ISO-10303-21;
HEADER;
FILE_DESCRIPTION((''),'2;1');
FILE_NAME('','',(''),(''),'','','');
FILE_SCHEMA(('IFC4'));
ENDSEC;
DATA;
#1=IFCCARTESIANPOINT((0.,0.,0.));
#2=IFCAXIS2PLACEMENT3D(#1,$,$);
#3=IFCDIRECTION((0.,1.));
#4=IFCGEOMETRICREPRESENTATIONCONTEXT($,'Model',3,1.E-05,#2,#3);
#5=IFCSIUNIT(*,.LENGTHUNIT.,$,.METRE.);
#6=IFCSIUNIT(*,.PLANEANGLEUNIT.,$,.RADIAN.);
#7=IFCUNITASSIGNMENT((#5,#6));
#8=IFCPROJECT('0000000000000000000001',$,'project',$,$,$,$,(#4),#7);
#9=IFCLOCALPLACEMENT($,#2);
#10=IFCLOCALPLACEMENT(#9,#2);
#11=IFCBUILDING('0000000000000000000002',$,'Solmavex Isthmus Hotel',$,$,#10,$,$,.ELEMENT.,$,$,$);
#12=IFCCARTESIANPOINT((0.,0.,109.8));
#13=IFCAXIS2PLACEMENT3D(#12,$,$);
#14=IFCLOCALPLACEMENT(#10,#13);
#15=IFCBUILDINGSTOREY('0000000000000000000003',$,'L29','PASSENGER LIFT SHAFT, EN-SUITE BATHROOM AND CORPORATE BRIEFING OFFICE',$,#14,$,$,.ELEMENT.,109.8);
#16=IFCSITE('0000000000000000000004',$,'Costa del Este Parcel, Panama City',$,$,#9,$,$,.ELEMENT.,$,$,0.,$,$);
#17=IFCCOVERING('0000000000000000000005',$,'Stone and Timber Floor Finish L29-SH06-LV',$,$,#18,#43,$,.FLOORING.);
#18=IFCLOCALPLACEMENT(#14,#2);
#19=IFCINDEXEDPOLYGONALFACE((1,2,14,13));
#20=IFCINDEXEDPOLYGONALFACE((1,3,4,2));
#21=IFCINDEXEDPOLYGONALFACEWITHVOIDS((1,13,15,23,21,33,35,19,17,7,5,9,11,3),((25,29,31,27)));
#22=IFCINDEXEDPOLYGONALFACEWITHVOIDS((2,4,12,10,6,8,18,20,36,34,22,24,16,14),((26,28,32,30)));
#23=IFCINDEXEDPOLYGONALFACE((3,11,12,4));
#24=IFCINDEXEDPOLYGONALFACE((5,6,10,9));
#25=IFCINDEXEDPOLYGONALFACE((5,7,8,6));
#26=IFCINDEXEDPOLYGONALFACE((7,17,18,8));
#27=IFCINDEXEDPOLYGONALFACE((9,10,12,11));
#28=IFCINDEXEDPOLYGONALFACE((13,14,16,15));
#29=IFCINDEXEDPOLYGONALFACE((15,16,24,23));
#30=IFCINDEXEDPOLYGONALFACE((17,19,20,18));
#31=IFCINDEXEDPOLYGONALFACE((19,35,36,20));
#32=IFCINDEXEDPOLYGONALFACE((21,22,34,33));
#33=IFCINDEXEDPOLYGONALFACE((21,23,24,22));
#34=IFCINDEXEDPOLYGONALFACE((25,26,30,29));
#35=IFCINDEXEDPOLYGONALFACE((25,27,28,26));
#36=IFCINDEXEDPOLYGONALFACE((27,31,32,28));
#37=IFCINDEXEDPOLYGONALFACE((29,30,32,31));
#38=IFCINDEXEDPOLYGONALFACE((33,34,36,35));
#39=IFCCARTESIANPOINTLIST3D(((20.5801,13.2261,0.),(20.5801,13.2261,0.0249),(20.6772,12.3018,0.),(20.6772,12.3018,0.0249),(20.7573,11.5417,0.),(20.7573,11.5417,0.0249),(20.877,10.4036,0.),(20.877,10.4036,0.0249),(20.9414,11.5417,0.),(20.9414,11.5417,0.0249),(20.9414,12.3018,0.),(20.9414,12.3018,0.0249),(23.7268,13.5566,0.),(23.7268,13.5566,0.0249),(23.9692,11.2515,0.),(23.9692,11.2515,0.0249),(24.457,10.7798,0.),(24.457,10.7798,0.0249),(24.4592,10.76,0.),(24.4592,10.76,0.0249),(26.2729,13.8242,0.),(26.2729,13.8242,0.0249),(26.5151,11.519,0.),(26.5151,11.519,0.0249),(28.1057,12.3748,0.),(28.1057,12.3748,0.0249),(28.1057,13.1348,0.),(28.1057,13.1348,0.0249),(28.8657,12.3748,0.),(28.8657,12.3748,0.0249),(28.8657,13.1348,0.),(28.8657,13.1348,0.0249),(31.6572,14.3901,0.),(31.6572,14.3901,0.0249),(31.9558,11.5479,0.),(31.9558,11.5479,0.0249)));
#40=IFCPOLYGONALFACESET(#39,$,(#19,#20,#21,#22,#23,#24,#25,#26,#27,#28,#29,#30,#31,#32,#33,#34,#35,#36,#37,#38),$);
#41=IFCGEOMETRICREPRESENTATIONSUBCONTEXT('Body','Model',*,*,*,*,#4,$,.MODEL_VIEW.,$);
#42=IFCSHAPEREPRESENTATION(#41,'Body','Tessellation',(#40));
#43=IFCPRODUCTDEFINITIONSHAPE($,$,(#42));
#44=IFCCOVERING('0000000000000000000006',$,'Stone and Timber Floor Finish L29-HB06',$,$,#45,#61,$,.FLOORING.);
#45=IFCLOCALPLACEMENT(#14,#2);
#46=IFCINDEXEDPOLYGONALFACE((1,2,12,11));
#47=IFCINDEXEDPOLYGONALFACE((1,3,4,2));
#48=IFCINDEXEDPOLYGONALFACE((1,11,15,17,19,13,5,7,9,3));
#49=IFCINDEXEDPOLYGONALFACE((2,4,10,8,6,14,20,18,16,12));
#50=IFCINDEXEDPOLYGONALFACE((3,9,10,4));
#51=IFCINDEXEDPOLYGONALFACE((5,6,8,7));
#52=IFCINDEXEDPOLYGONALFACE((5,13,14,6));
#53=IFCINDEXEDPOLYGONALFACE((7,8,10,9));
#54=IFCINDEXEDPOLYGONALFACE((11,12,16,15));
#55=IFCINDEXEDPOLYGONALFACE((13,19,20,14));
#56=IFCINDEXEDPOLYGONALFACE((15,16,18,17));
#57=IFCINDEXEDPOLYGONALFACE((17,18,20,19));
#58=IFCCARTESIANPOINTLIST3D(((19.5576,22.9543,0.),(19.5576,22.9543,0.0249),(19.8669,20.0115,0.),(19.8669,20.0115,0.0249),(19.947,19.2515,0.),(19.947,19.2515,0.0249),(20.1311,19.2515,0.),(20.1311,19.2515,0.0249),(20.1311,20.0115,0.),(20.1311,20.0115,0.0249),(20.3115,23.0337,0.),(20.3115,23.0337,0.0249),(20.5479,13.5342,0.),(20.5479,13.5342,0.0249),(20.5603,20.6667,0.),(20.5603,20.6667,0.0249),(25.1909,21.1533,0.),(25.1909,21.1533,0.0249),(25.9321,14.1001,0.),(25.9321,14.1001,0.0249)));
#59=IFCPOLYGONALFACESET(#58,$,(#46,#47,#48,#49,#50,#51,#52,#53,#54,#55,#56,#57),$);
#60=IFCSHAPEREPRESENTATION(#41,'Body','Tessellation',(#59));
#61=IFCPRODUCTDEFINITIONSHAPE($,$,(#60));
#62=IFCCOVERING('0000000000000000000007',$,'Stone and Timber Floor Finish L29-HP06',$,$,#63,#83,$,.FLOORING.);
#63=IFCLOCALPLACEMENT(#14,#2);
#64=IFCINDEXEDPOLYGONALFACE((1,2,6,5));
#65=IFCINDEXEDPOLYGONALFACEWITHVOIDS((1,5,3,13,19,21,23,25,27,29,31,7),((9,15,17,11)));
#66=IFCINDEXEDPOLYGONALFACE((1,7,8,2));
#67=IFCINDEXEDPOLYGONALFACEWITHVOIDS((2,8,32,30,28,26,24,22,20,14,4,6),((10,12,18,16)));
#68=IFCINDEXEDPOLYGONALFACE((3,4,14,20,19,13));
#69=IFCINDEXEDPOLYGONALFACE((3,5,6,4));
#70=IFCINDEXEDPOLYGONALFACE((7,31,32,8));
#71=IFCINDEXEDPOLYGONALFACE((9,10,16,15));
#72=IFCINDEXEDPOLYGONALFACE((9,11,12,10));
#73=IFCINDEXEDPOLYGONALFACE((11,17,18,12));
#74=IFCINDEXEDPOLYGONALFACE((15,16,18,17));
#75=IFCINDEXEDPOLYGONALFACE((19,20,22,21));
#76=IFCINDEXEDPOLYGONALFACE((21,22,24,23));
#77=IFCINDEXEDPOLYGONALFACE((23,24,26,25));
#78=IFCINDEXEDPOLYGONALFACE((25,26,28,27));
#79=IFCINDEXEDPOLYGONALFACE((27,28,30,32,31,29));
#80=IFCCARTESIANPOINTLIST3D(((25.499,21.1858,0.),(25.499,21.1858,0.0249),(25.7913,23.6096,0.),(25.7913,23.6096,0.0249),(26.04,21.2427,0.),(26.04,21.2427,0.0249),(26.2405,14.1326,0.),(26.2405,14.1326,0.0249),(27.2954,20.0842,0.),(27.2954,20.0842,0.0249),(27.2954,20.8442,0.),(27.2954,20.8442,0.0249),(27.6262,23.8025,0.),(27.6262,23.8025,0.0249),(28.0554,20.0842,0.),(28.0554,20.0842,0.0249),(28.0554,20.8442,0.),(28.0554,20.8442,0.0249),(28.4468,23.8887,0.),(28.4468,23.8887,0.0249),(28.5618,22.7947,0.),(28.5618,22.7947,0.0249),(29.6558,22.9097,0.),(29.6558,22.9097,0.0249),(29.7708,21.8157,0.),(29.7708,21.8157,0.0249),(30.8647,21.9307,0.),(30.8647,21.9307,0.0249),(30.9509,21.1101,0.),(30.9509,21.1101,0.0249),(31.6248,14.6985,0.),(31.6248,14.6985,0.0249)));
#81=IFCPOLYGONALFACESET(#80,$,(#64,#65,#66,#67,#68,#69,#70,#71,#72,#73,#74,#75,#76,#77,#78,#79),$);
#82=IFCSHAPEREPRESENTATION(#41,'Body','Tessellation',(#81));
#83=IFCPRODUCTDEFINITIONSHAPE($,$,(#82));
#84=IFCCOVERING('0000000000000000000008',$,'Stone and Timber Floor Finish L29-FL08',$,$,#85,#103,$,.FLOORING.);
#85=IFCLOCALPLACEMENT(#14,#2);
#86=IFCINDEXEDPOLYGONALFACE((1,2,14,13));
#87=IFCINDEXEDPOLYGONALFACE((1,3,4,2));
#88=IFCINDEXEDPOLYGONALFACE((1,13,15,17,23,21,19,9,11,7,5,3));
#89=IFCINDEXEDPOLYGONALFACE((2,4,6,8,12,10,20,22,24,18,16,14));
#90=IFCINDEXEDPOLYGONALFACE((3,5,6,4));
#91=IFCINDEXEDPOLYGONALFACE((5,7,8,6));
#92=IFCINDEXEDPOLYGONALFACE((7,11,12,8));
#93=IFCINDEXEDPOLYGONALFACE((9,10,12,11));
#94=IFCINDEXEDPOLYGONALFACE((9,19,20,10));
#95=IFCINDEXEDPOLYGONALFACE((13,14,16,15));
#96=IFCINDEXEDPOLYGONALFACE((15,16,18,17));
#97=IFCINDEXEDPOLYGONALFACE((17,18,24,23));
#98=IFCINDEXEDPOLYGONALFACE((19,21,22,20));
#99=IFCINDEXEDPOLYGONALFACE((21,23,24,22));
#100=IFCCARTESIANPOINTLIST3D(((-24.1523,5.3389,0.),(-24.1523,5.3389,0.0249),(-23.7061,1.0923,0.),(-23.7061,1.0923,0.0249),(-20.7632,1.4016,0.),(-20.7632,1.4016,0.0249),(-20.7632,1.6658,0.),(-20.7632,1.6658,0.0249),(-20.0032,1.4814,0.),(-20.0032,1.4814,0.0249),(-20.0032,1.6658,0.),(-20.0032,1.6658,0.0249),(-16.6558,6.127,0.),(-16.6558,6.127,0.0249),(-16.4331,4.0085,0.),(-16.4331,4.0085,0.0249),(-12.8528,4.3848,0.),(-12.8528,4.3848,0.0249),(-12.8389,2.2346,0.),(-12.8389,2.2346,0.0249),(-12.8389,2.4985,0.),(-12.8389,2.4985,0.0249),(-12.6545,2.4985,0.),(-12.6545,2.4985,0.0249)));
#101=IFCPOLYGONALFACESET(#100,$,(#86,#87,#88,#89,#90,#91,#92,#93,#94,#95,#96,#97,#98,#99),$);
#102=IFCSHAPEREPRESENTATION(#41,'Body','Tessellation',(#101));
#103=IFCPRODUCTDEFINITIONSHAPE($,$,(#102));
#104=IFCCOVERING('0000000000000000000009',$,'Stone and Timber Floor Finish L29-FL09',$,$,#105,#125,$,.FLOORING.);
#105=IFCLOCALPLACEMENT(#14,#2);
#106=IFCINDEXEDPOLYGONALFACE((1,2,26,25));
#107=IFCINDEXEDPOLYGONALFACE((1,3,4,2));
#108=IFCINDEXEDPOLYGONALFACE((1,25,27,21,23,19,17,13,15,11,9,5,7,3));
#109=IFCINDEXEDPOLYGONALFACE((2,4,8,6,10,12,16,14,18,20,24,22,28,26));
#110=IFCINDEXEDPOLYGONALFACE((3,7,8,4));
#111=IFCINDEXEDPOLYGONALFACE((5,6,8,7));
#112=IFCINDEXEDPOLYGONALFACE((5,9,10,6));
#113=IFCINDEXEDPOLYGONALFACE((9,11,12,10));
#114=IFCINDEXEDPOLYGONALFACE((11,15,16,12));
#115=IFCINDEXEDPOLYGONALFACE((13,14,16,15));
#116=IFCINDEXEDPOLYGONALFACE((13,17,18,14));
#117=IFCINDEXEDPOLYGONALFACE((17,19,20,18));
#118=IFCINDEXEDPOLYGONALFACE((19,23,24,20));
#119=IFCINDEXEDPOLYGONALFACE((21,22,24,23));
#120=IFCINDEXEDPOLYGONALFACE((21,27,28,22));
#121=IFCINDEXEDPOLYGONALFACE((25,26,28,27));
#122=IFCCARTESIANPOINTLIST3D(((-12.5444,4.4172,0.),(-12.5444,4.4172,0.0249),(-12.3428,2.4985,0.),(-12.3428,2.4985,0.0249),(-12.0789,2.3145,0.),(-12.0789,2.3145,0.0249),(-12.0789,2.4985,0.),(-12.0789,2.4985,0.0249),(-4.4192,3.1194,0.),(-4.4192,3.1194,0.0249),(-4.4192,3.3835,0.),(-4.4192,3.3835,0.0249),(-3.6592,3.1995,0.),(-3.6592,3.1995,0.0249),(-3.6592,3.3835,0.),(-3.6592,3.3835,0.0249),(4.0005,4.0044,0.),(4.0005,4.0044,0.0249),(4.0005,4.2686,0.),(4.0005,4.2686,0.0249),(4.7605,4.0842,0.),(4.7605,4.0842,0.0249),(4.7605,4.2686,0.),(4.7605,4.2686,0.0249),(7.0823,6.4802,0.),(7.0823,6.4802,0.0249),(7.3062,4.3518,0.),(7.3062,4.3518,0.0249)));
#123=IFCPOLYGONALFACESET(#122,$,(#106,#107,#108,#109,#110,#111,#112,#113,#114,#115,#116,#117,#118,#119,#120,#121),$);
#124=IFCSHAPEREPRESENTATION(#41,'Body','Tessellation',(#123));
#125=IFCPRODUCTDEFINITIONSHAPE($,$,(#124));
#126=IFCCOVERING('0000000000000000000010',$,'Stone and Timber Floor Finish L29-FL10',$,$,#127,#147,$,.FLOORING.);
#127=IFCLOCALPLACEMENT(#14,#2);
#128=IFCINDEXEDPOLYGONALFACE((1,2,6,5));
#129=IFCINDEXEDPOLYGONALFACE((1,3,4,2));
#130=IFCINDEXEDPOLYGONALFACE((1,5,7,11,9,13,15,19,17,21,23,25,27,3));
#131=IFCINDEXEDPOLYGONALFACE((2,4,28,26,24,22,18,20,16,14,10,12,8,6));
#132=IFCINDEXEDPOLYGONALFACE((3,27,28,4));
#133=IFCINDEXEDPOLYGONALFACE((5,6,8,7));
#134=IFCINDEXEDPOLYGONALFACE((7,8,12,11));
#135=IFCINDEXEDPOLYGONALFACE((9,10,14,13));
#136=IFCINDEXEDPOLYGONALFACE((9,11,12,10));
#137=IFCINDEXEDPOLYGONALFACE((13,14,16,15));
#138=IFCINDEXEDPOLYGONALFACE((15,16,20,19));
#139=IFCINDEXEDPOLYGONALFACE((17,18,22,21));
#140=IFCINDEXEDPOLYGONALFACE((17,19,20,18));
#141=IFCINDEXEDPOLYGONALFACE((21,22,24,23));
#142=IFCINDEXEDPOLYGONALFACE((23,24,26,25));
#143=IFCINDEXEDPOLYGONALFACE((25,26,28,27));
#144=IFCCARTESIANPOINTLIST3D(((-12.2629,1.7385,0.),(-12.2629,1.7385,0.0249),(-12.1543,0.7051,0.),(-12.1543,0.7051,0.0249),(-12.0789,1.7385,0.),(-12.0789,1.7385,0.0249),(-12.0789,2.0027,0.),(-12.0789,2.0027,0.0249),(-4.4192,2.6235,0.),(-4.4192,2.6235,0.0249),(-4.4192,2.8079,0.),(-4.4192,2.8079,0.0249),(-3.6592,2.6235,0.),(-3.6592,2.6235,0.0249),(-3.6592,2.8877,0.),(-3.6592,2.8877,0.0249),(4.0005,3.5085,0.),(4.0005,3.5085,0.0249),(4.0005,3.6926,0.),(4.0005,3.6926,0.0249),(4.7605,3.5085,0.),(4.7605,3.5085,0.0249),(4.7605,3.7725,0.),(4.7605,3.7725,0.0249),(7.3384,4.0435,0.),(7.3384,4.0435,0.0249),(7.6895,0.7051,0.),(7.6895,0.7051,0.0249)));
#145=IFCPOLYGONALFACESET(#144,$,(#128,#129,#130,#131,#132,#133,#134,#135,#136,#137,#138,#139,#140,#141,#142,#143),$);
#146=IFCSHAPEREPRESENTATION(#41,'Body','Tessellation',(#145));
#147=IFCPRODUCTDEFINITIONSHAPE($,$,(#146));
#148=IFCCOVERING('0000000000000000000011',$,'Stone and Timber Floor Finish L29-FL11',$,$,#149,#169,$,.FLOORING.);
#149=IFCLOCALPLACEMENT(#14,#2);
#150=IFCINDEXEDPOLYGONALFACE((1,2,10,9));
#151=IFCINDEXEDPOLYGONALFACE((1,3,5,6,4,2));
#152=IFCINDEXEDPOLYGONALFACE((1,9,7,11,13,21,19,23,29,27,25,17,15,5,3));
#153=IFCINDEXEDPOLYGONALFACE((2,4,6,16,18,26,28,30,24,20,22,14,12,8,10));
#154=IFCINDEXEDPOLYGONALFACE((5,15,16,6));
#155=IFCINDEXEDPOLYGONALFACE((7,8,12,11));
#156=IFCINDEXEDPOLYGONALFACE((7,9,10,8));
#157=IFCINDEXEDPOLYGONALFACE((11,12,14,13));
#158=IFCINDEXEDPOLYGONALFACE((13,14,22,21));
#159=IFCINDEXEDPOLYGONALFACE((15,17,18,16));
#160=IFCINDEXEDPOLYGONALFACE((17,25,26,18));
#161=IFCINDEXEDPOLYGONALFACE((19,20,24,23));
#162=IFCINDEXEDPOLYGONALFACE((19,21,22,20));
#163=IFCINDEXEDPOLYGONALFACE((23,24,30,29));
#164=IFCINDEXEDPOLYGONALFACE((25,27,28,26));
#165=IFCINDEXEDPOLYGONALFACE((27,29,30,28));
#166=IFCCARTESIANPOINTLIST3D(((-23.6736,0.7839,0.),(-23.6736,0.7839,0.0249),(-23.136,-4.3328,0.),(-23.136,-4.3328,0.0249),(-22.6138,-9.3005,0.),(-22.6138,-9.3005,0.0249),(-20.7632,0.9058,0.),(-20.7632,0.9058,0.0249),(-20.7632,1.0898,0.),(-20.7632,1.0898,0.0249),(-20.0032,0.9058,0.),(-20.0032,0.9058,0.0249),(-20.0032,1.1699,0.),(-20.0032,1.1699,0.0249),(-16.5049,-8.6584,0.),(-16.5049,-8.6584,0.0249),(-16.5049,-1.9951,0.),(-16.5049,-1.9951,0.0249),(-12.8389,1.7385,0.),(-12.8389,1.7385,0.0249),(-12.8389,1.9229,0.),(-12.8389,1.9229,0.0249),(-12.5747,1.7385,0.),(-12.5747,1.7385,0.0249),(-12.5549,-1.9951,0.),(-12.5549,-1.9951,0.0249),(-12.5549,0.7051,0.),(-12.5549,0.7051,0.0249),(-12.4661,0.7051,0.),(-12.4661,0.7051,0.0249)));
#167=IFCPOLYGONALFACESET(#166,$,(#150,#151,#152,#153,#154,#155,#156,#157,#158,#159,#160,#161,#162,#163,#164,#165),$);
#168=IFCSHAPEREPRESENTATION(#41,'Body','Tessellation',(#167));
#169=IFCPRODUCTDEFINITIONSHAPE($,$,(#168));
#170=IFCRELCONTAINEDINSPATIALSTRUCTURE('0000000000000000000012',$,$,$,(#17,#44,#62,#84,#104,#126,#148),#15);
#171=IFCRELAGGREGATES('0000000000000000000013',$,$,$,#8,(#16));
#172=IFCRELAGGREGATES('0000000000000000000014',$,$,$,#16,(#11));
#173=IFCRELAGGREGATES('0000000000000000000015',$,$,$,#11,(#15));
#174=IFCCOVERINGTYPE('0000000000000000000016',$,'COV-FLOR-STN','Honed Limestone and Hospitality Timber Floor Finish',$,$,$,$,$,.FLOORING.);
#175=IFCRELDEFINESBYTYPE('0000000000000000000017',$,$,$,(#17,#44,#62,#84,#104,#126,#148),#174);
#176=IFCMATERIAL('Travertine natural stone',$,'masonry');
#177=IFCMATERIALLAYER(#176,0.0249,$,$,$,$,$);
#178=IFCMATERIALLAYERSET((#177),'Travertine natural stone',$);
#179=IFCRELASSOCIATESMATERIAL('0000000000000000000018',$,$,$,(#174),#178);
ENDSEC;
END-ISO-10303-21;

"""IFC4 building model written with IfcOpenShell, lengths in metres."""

from ifc_helpers import new_model, si_unit, direction, frame, origin, place, context, subcontext, project, spatial, polyline, outline, extrude, material, layer, layer_set, type_object, element, save


model = new_model("IFC4")

# Units and contexts
model_context = context("Model", 3, precision=1e-05, world=origin(), true_north=direction((0.0, 1.0)))
body_context = subcontext(model_context, "Body", "Model", "MODEL_VIEW")
ifc_project = project(units=[si_unit("LENGTHUNIT", "METRE"), si_unit("PLANEANGLEUNIT", "RADIAN")], contexts=[model_context])

# Site, building, storey
site_placement = place(None, origin())
site = spatial("IfcSite", under=ifc_project, at=site_placement, Name="Costa del Este Parcel, Panama City", CompositionType="ELEMENT", RefElevation=0.0)
building_placement = place(site_placement, origin())
building = spatial("IfcBuilding", under=site, at=building_placement, Name="Solmavex Isthmus Hotel", CompositionType="ELEMENT")
storey_placement = place(building_placement, frame((0.0, 0.0, 109.8)))
storey = spatial("IfcBuildingStorey", under=building, at=storey_placement, Name="L29", Description="PASSENGER LIFT SHAFT, EN-SUITE BATHROOM AND CORPORATE BRIEFING OFFICE", CompositionType="ELEMENT", Elevation=109.8)

# Coverings
ifc_material_1 = material(Name="Travertine natural stone", Category="masonry")
ifc_layer_1 = layer(ifc_material_1, 0.0249)
ifc_layer_set_1 = layer_set([ifc_layer_1], Name="Travertine natural stone")
covering_type_1 = type_object("IfcCoveringType", Name="COV-FLOR-STN", Description="Honed Limestone and Hospitality Timber Floor Finish", PredefinedType="FLOORING", material=ifc_layer_set_1)
covering_1_placement = place(storey_placement, origin())
element("IfcCovering", 1, at=covering_1_placement, inside=storey, type_object=covering_type_1, Name="Stone and Timber Floor Finish L29-SH06-LV", PredefinedType="FLOORING", context=body_context, shape_type="SweptSolid", body=[
    extrude(outline(polyline([(23.7268, 13.5566), (20.5801, 13.2261), (20.6772, 12.3018), (20.9414, 12.3018), (20.9414, 11.5417), (20.7573, 11.5417), (20.877, 10.4036), (24.457, 10.7798), (24.4592, 10.76), (31.9558, 11.5479), (31.6572, 14.3901), (26.2729, 13.8242), (26.5151, 11.519), (23.9692, 11.2515), (23.7268, 13.5566)]), holes=[polyline([(28.1057, 12.3748), (28.1057, 13.1348), (28.8657, 13.1348), (28.8657, 12.3748), (28.1057, 12.3748)])]), origin(), (0.0, 0.0, 1.0), 0.0249),
])
covering_2_placement = place(storey_placement, origin())
element("IfcCovering", 2, at=covering_2_placement, inside=storey, type_object=covering_type_1, Name="Stone and Timber Floor Finish L29-HB06", PredefinedType="FLOORING", context=body_context, shape_type="SweptSolid", body=[
    extrude(outline(polyline([(19.8669, 20.0115), (20.1311, 20.0115), (20.1311, 19.2515), (19.947, 19.2515), (20.5479, 13.5342), (25.9321, 14.1001), (25.1909, 21.1533), (20.5603, 20.6667), (20.3115, 23.0337), (19.5576, 22.9543), (19.8669, 20.0115)])), origin(), (0.0, 0.0, 1.0), 0.0249),
])
covering_3_placement = place(storey_placement, origin())
element("IfcCovering", 3, at=covering_3_placement, inside=storey, type_object=covering_type_1, Name="Stone and Timber Floor Finish L29-HP06", PredefinedType="FLOORING", context=body_context, shape_type="SweptSolid", body=[
    extrude(outline(polyline([(28.5618, 22.7947), (28.4468, 23.8887), (27.6262, 23.8025), (25.7913, 23.6096), (26.04, 21.2427), (25.499, 21.1858), (26.2405, 14.1326), (31.6248, 14.6985), (30.9509, 21.1101), (30.8647, 21.9307), (29.7708, 21.8157), (29.6558, 22.9097), (28.5618, 22.7947)]), holes=[polyline([(27.2954, 20.8442), (28.0554, 20.8442), (28.0554, 20.0842), (27.2954, 20.0842), (27.2954, 20.8442)])]), origin(), (0.0, 0.0, 1.0), 0.0249),
])
covering_4_placement = place(storey_placement, origin())
element("IfcCovering", 4, at=covering_4_placement, inside=storey, type_object=covering_type_1, Name="Stone and Timber Floor Finish L29-FL08", PredefinedType="FLOORING", context=body_context, shape_type="SweptSolid", body=[
    extrude(outline(polyline([(-12.8389, 2.2346), (-12.8389, 2.4985), (-12.6545, 2.4985), (-12.8528, 4.3848), (-16.4331, 4.0085), (-16.6558, 6.127), (-24.1523, 5.3389), (-23.7061, 1.0923), (-20.7632, 1.4016), (-20.7632, 1.6658), (-20.0032, 1.6658), (-20.0032, 1.4814), (-12.8389, 2.2346)])), origin(), (0.0, 0.0, 1.0), 0.0249),
])
covering_5_placement = place(storey_placement, origin())
element("IfcCovering", 5, at=covering_5_placement, inside=storey, type_object=covering_type_1, Name="Stone and Timber Floor Finish L29-FL09", PredefinedType="FLOORING", context=body_context, shape_type="SweptSolid", body=[
    extrude(outline(polyline([(4.0005, 4.0044), (4.0005, 4.2686), (4.7605, 4.2686), (4.7605, 4.0842), (7.3062, 4.3518), (7.0823, 6.4802), (-12.5444, 4.4172), (-12.3428, 2.4985), (-12.0789, 2.4985), (-12.0789, 2.3145), (-4.4192, 3.1194), (-4.4192, 3.3835), (-3.6592, 3.3835), (-3.6592, 3.1995), (4.0005, 4.0044)])), origin(), (0.0, 0.0, 1.0), 0.0249),
])
covering_6_placement = place(storey_placement, origin())
element("IfcCovering", 6, at=covering_6_placement, inside=storey, type_object=covering_type_1, Name="Stone and Timber Floor Finish L29-FL10", PredefinedType="FLOORING", context=body_context, shape_type="SweptSolid", body=[
    extrude(outline(polyline([(-12.0789, 2.0027), (-12.0789, 1.7385), (-12.2629, 1.7385), (-12.1543, 0.7051), (7.6895, 0.7051), (7.3384, 4.0435), (4.7605, 3.7725), (4.7605, 3.5085), (4.0005, 3.5085), (4.0005, 3.6926), (-3.6592, 2.8877), (-3.6592, 2.6235), (-4.4192, 2.6235), (-4.4192, 2.8079), (-12.0789, 2.0027)])), origin(), (0.0, 0.0, 1.0), 0.0249),
])
covering_7_placement = place(storey_placement, origin())
element("IfcCovering", 7, at=covering_7_placement, inside=storey, type_object=covering_type_1, Name="Stone and Timber Floor Finish L29-FL11", PredefinedType="FLOORING", context=body_context, shape_type="SweptSolid", body=[
    extrude(outline(polyline([(-20.0032, 1.1699), (-20.0032, 0.9058), (-20.7632, 0.9058), (-20.7632, 1.0898), (-23.6736, 0.7839), (-23.136, -4.3328), (-22.6138, -9.3005), (-16.5049, -8.6584), (-16.5049, -1.9951), (-12.5549, -1.9951), (-12.5549, 0.7051), (-12.4661, 0.7051), (-12.5747, 1.7385), (-12.8389, 1.7385), (-12.8389, 1.9229), (-20.0032, 1.1699)])), origin(), (0.0, 0.0, 1.0), 0.0249),
])

save(model, "model.ifc")
